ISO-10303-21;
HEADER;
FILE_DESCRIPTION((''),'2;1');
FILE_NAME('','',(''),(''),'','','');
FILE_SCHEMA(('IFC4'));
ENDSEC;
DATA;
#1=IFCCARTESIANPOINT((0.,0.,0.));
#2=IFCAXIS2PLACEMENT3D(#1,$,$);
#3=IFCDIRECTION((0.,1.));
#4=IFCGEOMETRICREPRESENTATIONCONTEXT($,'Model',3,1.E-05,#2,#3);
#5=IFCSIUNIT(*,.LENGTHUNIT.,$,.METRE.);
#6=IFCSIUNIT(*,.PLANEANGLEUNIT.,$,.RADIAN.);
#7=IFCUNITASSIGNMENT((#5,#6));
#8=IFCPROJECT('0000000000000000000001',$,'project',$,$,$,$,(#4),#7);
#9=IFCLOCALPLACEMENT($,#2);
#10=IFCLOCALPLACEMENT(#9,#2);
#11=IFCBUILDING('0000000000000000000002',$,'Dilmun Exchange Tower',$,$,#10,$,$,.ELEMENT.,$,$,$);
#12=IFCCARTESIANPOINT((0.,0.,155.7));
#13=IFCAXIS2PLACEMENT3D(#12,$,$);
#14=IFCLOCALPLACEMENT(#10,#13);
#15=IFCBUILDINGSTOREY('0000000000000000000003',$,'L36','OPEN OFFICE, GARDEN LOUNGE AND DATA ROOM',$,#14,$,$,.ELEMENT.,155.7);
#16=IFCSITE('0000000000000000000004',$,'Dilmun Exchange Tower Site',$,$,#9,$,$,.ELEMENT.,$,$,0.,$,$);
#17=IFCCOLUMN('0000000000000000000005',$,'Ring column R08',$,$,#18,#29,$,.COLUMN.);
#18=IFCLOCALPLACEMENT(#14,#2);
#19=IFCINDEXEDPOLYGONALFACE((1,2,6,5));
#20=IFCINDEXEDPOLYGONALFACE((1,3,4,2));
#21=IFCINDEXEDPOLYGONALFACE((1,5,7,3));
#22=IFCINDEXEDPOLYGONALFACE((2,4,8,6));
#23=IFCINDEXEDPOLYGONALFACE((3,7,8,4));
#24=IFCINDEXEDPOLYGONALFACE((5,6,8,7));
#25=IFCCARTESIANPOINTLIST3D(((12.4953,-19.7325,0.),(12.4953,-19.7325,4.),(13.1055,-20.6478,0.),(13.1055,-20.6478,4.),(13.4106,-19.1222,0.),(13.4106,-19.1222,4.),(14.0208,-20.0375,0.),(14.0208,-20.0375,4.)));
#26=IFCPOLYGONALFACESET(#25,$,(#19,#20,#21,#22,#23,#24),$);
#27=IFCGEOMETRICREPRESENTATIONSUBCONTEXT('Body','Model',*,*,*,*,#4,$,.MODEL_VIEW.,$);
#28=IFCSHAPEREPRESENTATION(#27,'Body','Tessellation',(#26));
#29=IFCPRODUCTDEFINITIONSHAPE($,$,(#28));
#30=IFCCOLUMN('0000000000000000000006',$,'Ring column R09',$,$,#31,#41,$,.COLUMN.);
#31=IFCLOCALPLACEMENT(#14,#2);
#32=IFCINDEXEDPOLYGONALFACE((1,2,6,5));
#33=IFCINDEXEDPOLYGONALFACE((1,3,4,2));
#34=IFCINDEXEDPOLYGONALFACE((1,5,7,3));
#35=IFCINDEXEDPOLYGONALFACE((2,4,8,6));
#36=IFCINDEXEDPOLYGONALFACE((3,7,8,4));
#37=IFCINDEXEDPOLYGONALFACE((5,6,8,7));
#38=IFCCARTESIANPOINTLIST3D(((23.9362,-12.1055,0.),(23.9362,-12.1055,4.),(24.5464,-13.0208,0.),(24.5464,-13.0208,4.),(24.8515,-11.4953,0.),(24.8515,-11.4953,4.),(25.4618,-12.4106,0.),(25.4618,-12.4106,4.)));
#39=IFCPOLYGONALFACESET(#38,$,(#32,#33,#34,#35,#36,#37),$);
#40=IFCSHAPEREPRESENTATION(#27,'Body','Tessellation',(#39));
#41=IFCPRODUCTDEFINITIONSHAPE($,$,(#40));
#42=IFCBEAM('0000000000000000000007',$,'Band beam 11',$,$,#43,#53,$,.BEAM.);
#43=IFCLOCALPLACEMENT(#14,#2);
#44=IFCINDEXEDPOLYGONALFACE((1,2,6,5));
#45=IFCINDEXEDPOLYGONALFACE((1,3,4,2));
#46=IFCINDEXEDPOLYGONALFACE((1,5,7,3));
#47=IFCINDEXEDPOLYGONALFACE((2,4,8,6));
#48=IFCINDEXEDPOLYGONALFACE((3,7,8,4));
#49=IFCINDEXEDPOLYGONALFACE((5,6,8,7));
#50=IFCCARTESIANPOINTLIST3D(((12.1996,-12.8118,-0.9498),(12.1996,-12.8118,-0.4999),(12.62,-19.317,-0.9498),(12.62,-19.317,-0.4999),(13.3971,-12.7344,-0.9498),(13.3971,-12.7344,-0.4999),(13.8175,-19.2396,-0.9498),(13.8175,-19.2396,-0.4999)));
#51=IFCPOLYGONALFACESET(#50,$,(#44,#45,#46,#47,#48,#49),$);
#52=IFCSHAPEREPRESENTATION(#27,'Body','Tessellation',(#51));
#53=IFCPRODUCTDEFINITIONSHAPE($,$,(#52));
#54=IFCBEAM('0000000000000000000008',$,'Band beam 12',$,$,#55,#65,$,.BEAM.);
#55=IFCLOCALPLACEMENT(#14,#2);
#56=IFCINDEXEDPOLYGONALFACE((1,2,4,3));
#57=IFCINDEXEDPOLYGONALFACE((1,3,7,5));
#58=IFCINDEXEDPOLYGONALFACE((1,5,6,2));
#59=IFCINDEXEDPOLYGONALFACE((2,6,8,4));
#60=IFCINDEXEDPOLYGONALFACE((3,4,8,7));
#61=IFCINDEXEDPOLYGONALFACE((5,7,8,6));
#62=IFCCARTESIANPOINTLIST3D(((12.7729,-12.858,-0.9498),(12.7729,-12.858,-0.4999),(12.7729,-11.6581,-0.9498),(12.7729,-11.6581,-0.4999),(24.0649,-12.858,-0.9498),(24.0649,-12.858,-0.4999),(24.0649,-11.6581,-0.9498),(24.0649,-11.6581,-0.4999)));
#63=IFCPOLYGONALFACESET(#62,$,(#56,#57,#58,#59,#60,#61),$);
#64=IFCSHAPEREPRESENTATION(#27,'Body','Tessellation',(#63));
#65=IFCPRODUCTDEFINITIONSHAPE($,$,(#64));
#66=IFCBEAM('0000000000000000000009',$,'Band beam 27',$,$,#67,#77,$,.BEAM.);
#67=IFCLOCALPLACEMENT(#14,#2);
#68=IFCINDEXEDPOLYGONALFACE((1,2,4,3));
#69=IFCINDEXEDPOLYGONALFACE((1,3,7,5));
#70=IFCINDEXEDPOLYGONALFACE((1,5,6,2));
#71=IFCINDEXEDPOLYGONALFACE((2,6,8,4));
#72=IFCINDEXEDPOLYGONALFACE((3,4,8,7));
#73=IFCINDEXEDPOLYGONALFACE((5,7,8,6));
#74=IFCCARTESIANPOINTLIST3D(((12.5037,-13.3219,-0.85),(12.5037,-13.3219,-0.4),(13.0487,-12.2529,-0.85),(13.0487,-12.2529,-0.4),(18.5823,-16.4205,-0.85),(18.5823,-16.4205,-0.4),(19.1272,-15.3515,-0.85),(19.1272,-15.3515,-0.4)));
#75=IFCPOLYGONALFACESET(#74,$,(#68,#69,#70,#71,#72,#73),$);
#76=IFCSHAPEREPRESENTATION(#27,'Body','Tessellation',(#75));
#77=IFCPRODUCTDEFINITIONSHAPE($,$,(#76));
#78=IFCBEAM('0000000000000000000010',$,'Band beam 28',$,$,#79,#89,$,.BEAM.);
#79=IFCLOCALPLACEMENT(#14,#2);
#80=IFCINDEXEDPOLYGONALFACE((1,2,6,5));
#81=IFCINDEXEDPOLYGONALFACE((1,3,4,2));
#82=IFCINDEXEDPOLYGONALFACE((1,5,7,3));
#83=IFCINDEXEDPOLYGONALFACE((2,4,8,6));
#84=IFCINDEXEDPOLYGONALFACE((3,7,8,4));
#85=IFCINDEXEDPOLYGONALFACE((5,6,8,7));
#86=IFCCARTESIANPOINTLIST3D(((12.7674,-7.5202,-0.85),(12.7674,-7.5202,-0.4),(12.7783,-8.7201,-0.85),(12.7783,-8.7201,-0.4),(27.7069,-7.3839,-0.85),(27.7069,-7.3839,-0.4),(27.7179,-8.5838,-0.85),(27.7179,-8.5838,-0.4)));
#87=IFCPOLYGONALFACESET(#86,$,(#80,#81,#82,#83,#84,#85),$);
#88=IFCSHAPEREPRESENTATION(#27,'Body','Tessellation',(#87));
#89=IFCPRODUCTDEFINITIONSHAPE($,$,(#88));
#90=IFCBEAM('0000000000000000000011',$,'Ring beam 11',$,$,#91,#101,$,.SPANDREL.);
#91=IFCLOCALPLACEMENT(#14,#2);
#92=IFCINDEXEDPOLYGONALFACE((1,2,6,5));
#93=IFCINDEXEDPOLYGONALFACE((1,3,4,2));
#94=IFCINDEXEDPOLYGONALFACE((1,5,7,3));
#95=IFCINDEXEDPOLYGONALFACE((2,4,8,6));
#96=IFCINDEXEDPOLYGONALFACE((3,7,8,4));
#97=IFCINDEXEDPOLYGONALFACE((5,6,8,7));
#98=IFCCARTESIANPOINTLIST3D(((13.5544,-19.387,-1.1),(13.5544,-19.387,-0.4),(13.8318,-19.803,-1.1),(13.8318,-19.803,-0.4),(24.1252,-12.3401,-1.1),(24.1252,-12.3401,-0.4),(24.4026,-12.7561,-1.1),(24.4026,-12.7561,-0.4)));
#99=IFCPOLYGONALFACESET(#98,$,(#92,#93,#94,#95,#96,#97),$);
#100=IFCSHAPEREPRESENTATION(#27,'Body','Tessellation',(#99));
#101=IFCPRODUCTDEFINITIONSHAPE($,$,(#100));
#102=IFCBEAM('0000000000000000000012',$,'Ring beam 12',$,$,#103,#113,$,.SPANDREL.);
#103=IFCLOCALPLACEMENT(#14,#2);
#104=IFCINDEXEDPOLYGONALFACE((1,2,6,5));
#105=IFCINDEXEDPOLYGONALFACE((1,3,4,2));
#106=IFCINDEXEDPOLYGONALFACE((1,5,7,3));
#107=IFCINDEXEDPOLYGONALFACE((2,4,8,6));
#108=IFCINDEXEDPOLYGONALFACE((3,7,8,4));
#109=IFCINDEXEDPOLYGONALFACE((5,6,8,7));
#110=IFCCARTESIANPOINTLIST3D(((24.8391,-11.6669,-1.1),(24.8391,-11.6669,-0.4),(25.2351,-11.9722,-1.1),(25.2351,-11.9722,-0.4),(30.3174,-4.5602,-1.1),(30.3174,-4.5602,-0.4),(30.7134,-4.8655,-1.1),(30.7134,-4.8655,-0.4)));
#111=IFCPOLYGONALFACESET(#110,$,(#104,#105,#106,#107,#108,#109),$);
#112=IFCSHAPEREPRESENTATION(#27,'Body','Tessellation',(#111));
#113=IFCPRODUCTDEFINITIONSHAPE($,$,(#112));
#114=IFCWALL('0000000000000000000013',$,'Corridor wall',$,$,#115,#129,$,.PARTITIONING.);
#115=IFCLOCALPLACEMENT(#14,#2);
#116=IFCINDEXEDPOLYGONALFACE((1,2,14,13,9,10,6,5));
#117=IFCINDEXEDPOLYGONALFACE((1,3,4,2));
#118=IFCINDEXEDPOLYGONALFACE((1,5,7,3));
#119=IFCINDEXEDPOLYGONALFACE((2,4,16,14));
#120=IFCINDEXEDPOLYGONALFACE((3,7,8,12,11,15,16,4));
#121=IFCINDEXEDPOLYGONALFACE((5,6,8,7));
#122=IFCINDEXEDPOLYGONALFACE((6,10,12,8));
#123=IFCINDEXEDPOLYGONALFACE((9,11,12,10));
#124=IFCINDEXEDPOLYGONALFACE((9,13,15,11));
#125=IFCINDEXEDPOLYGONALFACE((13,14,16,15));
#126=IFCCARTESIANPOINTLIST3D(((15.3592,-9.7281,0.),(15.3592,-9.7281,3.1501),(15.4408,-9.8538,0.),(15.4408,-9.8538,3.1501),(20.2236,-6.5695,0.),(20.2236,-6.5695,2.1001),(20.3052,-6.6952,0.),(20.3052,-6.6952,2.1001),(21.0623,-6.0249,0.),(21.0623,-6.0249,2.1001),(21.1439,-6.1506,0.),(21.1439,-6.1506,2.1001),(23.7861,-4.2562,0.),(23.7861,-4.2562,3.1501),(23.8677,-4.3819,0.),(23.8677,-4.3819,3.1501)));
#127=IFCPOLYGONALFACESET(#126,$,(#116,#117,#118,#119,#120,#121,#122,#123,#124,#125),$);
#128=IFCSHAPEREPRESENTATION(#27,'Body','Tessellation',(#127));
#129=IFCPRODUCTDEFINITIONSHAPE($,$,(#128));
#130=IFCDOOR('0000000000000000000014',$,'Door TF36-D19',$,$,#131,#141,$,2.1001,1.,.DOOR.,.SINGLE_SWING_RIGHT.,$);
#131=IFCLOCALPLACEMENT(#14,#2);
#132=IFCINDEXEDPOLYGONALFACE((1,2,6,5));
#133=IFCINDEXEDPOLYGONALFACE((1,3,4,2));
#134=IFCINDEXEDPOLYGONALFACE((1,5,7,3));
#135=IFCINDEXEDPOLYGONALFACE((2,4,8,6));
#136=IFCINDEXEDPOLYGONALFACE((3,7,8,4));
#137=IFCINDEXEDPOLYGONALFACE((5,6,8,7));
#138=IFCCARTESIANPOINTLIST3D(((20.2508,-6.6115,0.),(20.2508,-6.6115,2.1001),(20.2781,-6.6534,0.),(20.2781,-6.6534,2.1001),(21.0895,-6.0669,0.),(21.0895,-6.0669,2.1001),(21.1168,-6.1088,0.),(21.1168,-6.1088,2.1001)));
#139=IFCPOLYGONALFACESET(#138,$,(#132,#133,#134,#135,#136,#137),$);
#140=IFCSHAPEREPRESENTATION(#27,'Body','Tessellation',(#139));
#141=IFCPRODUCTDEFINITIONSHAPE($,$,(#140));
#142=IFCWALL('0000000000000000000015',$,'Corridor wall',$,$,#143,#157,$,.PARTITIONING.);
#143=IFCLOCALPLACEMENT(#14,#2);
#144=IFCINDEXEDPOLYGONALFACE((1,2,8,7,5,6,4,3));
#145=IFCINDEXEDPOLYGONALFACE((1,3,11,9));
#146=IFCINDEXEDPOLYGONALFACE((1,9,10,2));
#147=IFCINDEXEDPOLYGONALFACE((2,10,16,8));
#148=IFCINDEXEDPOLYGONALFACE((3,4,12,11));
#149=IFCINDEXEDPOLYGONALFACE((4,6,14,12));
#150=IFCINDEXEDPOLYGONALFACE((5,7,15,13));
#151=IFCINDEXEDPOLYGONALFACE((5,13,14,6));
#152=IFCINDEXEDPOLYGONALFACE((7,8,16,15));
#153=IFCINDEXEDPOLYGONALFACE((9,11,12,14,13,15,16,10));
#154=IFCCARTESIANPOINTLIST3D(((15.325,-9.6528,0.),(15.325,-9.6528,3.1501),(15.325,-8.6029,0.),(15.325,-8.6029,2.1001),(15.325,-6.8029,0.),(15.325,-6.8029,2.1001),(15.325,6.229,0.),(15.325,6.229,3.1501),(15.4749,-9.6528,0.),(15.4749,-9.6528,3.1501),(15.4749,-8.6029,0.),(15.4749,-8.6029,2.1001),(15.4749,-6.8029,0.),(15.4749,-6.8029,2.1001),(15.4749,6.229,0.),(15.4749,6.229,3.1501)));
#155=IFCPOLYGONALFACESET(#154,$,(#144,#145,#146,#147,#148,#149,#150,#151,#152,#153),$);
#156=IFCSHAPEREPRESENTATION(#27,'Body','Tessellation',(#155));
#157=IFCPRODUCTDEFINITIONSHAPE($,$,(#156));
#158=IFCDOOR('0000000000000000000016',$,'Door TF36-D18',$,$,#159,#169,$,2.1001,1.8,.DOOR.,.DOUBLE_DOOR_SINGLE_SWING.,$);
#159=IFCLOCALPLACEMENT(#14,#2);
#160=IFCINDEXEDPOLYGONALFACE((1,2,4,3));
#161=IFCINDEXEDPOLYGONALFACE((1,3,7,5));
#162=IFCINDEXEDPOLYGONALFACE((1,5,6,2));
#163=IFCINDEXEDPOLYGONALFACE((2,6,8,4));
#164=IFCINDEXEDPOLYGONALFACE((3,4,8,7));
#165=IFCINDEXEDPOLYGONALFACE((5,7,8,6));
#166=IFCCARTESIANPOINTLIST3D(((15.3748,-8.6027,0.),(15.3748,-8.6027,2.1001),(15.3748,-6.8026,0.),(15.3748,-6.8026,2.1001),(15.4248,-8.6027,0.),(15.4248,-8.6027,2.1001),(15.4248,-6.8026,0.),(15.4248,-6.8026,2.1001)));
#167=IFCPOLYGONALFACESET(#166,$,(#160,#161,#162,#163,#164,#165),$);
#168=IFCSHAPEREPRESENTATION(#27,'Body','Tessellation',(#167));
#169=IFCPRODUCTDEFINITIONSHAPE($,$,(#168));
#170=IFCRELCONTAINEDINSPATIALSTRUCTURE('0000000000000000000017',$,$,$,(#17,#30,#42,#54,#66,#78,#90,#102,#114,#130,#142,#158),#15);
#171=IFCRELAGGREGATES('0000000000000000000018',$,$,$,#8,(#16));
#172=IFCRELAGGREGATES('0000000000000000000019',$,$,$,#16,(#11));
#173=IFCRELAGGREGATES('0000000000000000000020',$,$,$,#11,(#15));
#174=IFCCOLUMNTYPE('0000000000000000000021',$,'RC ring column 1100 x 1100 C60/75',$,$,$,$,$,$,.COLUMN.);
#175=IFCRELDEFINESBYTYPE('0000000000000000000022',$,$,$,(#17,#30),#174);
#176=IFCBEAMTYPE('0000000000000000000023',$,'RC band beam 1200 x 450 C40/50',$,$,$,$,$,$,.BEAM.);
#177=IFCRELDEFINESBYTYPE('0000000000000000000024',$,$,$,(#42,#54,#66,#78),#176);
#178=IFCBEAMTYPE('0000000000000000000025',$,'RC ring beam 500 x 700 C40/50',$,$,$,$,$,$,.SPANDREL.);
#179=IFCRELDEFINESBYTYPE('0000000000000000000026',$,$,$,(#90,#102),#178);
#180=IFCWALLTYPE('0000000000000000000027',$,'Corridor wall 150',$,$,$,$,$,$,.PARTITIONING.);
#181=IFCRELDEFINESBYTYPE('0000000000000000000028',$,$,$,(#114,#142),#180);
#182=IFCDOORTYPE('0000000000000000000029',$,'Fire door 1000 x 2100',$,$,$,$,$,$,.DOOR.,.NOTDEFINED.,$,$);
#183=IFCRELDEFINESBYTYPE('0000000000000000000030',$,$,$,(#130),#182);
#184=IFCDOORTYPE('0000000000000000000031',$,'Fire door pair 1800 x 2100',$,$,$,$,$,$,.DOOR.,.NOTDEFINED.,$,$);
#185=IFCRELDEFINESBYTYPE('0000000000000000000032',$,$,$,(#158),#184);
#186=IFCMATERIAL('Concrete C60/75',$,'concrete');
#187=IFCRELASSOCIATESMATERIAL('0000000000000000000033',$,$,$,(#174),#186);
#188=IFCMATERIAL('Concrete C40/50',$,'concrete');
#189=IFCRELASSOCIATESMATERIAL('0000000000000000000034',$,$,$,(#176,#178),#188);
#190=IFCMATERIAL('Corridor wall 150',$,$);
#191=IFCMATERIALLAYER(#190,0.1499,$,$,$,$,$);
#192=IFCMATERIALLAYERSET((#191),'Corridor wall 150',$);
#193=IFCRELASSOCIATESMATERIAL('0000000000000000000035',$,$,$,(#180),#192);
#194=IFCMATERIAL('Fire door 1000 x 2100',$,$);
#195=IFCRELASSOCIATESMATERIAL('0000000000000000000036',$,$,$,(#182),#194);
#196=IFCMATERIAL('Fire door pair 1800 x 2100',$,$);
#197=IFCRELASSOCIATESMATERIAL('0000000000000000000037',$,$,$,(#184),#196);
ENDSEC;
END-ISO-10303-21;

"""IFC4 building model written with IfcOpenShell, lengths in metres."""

from ifc_helpers import new_model, si_unit, direction, frame, frame_2d, origin, origin_2d, place, context, subcontext, project, spatial, rectangle, extrude, material, layer, layer_set, material_profile, profile_set, type_object, element, fill, save


model = new_model("IFC4")

# Units and contexts
model_context = context("Model", 3, precision=1e-05, world=origin(), true_north=direction((0.0, 1.0)))
body_context = subcontext(model_context, "Body", "Model", "MODEL_VIEW")
ifc_project = project(units=[si_unit("LENGTHUNIT", "METRE"), si_unit("PLANEANGLEUNIT", "RADIAN")], contexts=[model_context])

# Site, building, storey
site_placement = place(None, origin())
site = spatial("IfcSite", under=ifc_project, at=site_placement, Name="Dilmun Exchange Tower Site", CompositionType="ELEMENT", RefElevation=0.0)
building_placement = place(site_placement, origin())
building = spatial("IfcBuilding", under=site, at=building_placement, Name="Dilmun Exchange Tower", CompositionType="ELEMENT")
storey_placement = place(building_placement, frame((0.0, 0.0, 155.7)))
storey = spatial("IfcBuildingStorey", under=building, at=storey_placement, Name="L36", Description="OPEN OFFICE, GARDEN LOUNGE AND DATA ROOM", CompositionType="ELEMENT", Elevation=155.7)

# Columns
ifc_material_1 = material(Name="Concrete C60/75", Category="concrete")
ifc_material_profile_1 = material_profile(ifc_material_1, rectangle(XDim=1.1001, YDim=1.1001, at=origin_2d()), Name="1100 x 1100")
ifc_profile_set_1 = profile_set([ifc_material_profile_1], Name="Concrete C60/75")
column_type = type_object("IfcColumnType", Name="RC ring column 1100 x 1100 C60/75", PredefinedType="COLUMN", material=ifc_profile_set_1)
for number, where, z_axis, x_axis, name in (
    (1, (13.2581, -19.885, 0.0), (0.0, 0.0, 1.0), (0.832029, 0.554733, 0.0), "Ring column R08"),
    (2, (24.699, -12.2581, 0.0), (0.0, 0.0, 1.0), (0.832029, 0.554733, 0.0), "Ring column R09"),
):
    element("IfcColumn", number, at=place(storey_placement, frame(where, z_axis=z_axis, x_axis=x_axis)), inside=storey, type_object=column_type, Name=name, PredefinedType="COLUMN", context=body_context, shape_type="SweptSolid", body=[
        extrude(rectangle(XDim=1.1001, YDim=1.1001, at=origin_2d()), origin(), (0.0, 0.0, 1.0), 4.0),
    ])

# Beams
ifc_material_2 = material(Name="Concrete C40/50", Category="concrete")
ifc_material_profile_2 = material_profile(ifc_material_2, rectangle(XDim=1.2, YDim=0.45, at=origin_2d()), Name="1200 x 450")
ifc_profile_set_2 = profile_set([ifc_material_profile_2], Name="Concrete C40/50")
beam_type_1 = type_object("IfcBeamType", Name="RC band beam 1200 x 450 C40/50", PredefinedType="BEAM", material=ifc_profile_set_2)
beam_1_placement = place(storey_placement, frame((13.2188, -19.2783, -0.7249), z_axis=(-0.064493, 0.997918, 0.0), x_axis=(-0.997918, -0.064493, 0.0)))
element("IfcBeam", 3, at=beam_1_placement, inside=storey, type_object=beam_type_1, Name="Band beam 11", PredefinedType="BEAM", context=body_context, shape_type="SweptSolid", body=[
    extrude(rectangle(XDim=1.2, YDim=0.45, at=origin_2d()), origin(), (0.0, 0.0, 1.0), 6.5188),
])
beam_2_placement = place(storey_placement, frame((24.0649, -12.2581, -0.7249), z_axis=(-1.0, 0.0, 0.0), x_axis=(0.0, -1.0, 0.0)))
element("IfcBeam", 4, at=beam_2_placement, inside=storey, type_object=beam_type_1, Name="Band beam 12", PredefinedType="BEAM", context=body_context, shape_type="SweptSolid", body=[
    extrude(rectangle(XDim=1.2, YDim=0.45, at=origin_2d()), origin(), (0.0, 0.0, 1.0), 11.292),
])
beam_3_placement = place(storey_placement, frame((18.8547, -15.886, -0.625), z_axis=(-0.890922, 0.454156, 0.0), x_axis=(-0.454156, -0.890922, 0.0)))
element("IfcBeam", 5, at=beam_3_placement, inside=storey, type_object=beam_type_1, Name="Band beam 27", PredefinedType="BEAM", context=body_context, shape_type="SweptSolid", body=[
    extrude(rectangle(XDim=1.2, YDim=0.45, at=origin_2d()), origin(), (0.0, 0.0, 1.0), 6.8228),
])
beam_4_placement = place(storey_placement, frame((27.7124, -7.9839, -0.625), z_axis=(-0.999958, -0.009118, 0.0), x_axis=(0.009118, -0.999958, 0.0)))
element("IfcBeam", 6, at=beam_4_placement, inside=storey, type_object=beam_type_1, Name="Band beam 28", PredefinedType="BEAM", context=body_context, shape_type="SweptSolid", body=[
    extrude(rectangle(XDim=1.2, YDim=0.45, at=origin_2d()), origin(), (0.0, 0.0, 1.0), 14.9402),
])
ifc_material_profile_3 = material_profile(ifc_material_2, rectangle(XDim=0.5, YDim=0.7, at=origin_2d()), Name="500 x 700")
ifc_profile_set_3 = profile_set([ifc_material_profile_3], Name="Concrete C40/50")
beam_type_2 = type_object("IfcBeamType", Name="RC ring beam 500 x 700 C40/50", PredefinedType="SPANDREL", material=ifc_profile_set_3)
beam_5_placement = place(storey_placement, frame((13.6931, -19.595, -0.75), z_axis=(0.832062, 0.554682, 0.0), x_axis=(-0.554682, 0.832062, 0.0)))
element("IfcBeam", 7, at=beam_5_placement, inside=storey, type_object=beam_type_2, Name="Ring beam 11", PredefinedType="SPANDREL", context=body_context, shape_type="SweptSolid", body=[
    extrude(rectangle(XDim=0.5, YDim=0.7, at=origin_2d()), origin(), (0.0, 0.0, 1.0), 12.7043),
])
beam_6_placement = place(storey_placement, frame((25.0371, -11.8196, -0.75), z_axis=(0.610522, 0.792, 0.0), x_axis=(-0.792, 0.610522, 0.0)))
element("IfcBeam", 8, at=beam_6_placement, inside=storey, type_object=beam_type_2, Name="Ring beam 12", PredefinedType="SPANDREL", context=body_context, shape_type="SweptSolid", body=[
    extrude(rectangle(XDim=0.5, YDim=0.7, at=origin_2d()), origin(), (0.0, 0.0, 1.0), 8.9731),
])

# Walls, openings, doors
ifc_material_3 = material(Name="Corridor wall 150")
ifc_layer_1 = layer(ifc_material_3, 0.1499)
ifc_layer_set_1 = layer_set([ifc_layer_1], Name="Corridor wall 150")
wall_type_1 = type_object("IfcWallType", Name="Corridor wall 150", PredefinedType="PARTITIONING", material=ifc_layer_set_1)
wall_1_placement = place(storey_placement, frame((15.3999, -9.791, 0.0), z_axis=(0.0, 0.0, 1.0), x_axis=(0.838699, 0.544595, 0.0)))
wall_1 = element("IfcWall", 9, at=wall_1_placement, inside=storey, type_object=wall_type_1, Name="Corridor wall", PredefinedType="PARTITIONING", context=body_context, shape_type="SweptSolid", body=[
    extrude(rectangle(XDim=10.0476, YDim=0.1499, at=frame_2d((5.0239, 0.0))), origin(), (0.0, 0.0, 1.0), 3.1501),
])
opening_1_placement = place(wall_1_placement, frame((5.8, 0.0, 0.0)))
opening_1 = element("IfcOpeningElement", 10, at=opening_1_placement, cuts=wall_1, PredefinedType="OPENING", context=body_context, shape_type="SweptSolid", body=[
    extrude(rectangle(XDim=1.0, YDim=2.1001, at=frame_2d((0.5, 1.05))), frame((0.0, 0.085, 0.0), z_axis=(0.0, -1.0, 0.0), x_axis=(1.0, 0.0, 0.0)), (0.0, 0.0, 1.0), 0.1699),
])
ifc_material_4 = material(Name="Fire door 1000 x 2100")
door_type_1 = type_object("IfcDoorType", Name="Fire door 1000 x 2100", OperationType="NOTDEFINED", PredefinedType="DOOR", material=ifc_material_4)
door_1_placement = place(opening_1_placement, origin())
door_1 = element("IfcDoor", 11, at=door_1_placement, inside=storey, type_object=door_type_1, Name="Door TF36-D19", OperationType="SINGLE_SWING_RIGHT", OverallHeight=2.1001, OverallWidth=1.0, PredefinedType="DOOR", context=body_context, shape_type="SweptSolid", body=[
    extrude(rectangle(XDim=1.0, YDim=2.1001, at=frame_2d((0.5, 1.05))), frame((0.0, 0.0249, 0.0), z_axis=(0.0, -1.0, 0.0), x_axis=(1.0, 0.0, 0.0)), (0.0, 0.0, 1.0), 0.05),
])
fill(opening_1, door_1)
wall_2_placement = place(storey_placement, frame((15.3999, -9.6528, 0.0), z_axis=(0.0, 0.0, 1.0), x_axis=(0.0, 1.0, 0.0)))
wall_2 = element("IfcWall", 12, at=wall_2_placement, inside=storey, type_object=wall_type_1, Name="Corridor wall", PredefinedType="PARTITIONING", context=body_context, shape_type="SweptSolid", body=[
    extrude(rectangle(XDim=15.8818, YDim=0.1499, at=frame_2d((7.9409, 0.0))), origin(), (0.0, 0.0, 1.0), 3.1501),
])
opening_2_placement = place(wall_2_placement, frame((1.05, 0.0, 0.0)))
opening_2 = element("IfcOpeningElement", 13, at=opening_2_placement, cuts=wall_2, PredefinedType="OPENING", context=body_context, shape_type="SweptSolid", body=[
    extrude(rectangle(XDim=1.8, YDim=2.1001, at=frame_2d((0.8999, 1.05))), frame((0.0, 0.085, 0.0), z_axis=(0.0, -1.0, 0.0), x_axis=(1.0, 0.0, 0.0)), (0.0, 0.0, 1.0), 0.1699),
])
ifc_material_5 = material(Name="Fire door pair 1800 x 2100")
door_type_2 = type_object("IfcDoorType", Name="Fire door pair 1800 x 2100", OperationType="NOTDEFINED", PredefinedType="DOOR", material=ifc_material_5)
door_2_placement = place(opening_2_placement, frame((1.8, 0.0, 0.0), z_axis=(0.0, 0.0, 1.0), x_axis=(-1.0, 0.0, 0.0)))
door_2 = element("IfcDoor", 14, at=door_2_placement, inside=storey, type_object=door_type_2, Name="Door TF36-D18", OperationType="DOUBLE_DOOR_SINGLE_SWING", OverallHeight=2.1001, OverallWidth=1.8, PredefinedType="DOOR", context=body_context, shape_type="SweptSolid", body=[
    extrude(rectangle(XDim=1.8, YDim=2.1001, at=frame_2d((0.8999, 1.05))), frame((0.0, 0.0249, 0.0), z_axis=(0.0, -1.0, 0.0), x_axis=(1.0, 0.0, 0.0)), (0.0, 0.0, 1.0), 0.05),
])
fill(opening_2, door_2)

save(model, "model.ifc")
